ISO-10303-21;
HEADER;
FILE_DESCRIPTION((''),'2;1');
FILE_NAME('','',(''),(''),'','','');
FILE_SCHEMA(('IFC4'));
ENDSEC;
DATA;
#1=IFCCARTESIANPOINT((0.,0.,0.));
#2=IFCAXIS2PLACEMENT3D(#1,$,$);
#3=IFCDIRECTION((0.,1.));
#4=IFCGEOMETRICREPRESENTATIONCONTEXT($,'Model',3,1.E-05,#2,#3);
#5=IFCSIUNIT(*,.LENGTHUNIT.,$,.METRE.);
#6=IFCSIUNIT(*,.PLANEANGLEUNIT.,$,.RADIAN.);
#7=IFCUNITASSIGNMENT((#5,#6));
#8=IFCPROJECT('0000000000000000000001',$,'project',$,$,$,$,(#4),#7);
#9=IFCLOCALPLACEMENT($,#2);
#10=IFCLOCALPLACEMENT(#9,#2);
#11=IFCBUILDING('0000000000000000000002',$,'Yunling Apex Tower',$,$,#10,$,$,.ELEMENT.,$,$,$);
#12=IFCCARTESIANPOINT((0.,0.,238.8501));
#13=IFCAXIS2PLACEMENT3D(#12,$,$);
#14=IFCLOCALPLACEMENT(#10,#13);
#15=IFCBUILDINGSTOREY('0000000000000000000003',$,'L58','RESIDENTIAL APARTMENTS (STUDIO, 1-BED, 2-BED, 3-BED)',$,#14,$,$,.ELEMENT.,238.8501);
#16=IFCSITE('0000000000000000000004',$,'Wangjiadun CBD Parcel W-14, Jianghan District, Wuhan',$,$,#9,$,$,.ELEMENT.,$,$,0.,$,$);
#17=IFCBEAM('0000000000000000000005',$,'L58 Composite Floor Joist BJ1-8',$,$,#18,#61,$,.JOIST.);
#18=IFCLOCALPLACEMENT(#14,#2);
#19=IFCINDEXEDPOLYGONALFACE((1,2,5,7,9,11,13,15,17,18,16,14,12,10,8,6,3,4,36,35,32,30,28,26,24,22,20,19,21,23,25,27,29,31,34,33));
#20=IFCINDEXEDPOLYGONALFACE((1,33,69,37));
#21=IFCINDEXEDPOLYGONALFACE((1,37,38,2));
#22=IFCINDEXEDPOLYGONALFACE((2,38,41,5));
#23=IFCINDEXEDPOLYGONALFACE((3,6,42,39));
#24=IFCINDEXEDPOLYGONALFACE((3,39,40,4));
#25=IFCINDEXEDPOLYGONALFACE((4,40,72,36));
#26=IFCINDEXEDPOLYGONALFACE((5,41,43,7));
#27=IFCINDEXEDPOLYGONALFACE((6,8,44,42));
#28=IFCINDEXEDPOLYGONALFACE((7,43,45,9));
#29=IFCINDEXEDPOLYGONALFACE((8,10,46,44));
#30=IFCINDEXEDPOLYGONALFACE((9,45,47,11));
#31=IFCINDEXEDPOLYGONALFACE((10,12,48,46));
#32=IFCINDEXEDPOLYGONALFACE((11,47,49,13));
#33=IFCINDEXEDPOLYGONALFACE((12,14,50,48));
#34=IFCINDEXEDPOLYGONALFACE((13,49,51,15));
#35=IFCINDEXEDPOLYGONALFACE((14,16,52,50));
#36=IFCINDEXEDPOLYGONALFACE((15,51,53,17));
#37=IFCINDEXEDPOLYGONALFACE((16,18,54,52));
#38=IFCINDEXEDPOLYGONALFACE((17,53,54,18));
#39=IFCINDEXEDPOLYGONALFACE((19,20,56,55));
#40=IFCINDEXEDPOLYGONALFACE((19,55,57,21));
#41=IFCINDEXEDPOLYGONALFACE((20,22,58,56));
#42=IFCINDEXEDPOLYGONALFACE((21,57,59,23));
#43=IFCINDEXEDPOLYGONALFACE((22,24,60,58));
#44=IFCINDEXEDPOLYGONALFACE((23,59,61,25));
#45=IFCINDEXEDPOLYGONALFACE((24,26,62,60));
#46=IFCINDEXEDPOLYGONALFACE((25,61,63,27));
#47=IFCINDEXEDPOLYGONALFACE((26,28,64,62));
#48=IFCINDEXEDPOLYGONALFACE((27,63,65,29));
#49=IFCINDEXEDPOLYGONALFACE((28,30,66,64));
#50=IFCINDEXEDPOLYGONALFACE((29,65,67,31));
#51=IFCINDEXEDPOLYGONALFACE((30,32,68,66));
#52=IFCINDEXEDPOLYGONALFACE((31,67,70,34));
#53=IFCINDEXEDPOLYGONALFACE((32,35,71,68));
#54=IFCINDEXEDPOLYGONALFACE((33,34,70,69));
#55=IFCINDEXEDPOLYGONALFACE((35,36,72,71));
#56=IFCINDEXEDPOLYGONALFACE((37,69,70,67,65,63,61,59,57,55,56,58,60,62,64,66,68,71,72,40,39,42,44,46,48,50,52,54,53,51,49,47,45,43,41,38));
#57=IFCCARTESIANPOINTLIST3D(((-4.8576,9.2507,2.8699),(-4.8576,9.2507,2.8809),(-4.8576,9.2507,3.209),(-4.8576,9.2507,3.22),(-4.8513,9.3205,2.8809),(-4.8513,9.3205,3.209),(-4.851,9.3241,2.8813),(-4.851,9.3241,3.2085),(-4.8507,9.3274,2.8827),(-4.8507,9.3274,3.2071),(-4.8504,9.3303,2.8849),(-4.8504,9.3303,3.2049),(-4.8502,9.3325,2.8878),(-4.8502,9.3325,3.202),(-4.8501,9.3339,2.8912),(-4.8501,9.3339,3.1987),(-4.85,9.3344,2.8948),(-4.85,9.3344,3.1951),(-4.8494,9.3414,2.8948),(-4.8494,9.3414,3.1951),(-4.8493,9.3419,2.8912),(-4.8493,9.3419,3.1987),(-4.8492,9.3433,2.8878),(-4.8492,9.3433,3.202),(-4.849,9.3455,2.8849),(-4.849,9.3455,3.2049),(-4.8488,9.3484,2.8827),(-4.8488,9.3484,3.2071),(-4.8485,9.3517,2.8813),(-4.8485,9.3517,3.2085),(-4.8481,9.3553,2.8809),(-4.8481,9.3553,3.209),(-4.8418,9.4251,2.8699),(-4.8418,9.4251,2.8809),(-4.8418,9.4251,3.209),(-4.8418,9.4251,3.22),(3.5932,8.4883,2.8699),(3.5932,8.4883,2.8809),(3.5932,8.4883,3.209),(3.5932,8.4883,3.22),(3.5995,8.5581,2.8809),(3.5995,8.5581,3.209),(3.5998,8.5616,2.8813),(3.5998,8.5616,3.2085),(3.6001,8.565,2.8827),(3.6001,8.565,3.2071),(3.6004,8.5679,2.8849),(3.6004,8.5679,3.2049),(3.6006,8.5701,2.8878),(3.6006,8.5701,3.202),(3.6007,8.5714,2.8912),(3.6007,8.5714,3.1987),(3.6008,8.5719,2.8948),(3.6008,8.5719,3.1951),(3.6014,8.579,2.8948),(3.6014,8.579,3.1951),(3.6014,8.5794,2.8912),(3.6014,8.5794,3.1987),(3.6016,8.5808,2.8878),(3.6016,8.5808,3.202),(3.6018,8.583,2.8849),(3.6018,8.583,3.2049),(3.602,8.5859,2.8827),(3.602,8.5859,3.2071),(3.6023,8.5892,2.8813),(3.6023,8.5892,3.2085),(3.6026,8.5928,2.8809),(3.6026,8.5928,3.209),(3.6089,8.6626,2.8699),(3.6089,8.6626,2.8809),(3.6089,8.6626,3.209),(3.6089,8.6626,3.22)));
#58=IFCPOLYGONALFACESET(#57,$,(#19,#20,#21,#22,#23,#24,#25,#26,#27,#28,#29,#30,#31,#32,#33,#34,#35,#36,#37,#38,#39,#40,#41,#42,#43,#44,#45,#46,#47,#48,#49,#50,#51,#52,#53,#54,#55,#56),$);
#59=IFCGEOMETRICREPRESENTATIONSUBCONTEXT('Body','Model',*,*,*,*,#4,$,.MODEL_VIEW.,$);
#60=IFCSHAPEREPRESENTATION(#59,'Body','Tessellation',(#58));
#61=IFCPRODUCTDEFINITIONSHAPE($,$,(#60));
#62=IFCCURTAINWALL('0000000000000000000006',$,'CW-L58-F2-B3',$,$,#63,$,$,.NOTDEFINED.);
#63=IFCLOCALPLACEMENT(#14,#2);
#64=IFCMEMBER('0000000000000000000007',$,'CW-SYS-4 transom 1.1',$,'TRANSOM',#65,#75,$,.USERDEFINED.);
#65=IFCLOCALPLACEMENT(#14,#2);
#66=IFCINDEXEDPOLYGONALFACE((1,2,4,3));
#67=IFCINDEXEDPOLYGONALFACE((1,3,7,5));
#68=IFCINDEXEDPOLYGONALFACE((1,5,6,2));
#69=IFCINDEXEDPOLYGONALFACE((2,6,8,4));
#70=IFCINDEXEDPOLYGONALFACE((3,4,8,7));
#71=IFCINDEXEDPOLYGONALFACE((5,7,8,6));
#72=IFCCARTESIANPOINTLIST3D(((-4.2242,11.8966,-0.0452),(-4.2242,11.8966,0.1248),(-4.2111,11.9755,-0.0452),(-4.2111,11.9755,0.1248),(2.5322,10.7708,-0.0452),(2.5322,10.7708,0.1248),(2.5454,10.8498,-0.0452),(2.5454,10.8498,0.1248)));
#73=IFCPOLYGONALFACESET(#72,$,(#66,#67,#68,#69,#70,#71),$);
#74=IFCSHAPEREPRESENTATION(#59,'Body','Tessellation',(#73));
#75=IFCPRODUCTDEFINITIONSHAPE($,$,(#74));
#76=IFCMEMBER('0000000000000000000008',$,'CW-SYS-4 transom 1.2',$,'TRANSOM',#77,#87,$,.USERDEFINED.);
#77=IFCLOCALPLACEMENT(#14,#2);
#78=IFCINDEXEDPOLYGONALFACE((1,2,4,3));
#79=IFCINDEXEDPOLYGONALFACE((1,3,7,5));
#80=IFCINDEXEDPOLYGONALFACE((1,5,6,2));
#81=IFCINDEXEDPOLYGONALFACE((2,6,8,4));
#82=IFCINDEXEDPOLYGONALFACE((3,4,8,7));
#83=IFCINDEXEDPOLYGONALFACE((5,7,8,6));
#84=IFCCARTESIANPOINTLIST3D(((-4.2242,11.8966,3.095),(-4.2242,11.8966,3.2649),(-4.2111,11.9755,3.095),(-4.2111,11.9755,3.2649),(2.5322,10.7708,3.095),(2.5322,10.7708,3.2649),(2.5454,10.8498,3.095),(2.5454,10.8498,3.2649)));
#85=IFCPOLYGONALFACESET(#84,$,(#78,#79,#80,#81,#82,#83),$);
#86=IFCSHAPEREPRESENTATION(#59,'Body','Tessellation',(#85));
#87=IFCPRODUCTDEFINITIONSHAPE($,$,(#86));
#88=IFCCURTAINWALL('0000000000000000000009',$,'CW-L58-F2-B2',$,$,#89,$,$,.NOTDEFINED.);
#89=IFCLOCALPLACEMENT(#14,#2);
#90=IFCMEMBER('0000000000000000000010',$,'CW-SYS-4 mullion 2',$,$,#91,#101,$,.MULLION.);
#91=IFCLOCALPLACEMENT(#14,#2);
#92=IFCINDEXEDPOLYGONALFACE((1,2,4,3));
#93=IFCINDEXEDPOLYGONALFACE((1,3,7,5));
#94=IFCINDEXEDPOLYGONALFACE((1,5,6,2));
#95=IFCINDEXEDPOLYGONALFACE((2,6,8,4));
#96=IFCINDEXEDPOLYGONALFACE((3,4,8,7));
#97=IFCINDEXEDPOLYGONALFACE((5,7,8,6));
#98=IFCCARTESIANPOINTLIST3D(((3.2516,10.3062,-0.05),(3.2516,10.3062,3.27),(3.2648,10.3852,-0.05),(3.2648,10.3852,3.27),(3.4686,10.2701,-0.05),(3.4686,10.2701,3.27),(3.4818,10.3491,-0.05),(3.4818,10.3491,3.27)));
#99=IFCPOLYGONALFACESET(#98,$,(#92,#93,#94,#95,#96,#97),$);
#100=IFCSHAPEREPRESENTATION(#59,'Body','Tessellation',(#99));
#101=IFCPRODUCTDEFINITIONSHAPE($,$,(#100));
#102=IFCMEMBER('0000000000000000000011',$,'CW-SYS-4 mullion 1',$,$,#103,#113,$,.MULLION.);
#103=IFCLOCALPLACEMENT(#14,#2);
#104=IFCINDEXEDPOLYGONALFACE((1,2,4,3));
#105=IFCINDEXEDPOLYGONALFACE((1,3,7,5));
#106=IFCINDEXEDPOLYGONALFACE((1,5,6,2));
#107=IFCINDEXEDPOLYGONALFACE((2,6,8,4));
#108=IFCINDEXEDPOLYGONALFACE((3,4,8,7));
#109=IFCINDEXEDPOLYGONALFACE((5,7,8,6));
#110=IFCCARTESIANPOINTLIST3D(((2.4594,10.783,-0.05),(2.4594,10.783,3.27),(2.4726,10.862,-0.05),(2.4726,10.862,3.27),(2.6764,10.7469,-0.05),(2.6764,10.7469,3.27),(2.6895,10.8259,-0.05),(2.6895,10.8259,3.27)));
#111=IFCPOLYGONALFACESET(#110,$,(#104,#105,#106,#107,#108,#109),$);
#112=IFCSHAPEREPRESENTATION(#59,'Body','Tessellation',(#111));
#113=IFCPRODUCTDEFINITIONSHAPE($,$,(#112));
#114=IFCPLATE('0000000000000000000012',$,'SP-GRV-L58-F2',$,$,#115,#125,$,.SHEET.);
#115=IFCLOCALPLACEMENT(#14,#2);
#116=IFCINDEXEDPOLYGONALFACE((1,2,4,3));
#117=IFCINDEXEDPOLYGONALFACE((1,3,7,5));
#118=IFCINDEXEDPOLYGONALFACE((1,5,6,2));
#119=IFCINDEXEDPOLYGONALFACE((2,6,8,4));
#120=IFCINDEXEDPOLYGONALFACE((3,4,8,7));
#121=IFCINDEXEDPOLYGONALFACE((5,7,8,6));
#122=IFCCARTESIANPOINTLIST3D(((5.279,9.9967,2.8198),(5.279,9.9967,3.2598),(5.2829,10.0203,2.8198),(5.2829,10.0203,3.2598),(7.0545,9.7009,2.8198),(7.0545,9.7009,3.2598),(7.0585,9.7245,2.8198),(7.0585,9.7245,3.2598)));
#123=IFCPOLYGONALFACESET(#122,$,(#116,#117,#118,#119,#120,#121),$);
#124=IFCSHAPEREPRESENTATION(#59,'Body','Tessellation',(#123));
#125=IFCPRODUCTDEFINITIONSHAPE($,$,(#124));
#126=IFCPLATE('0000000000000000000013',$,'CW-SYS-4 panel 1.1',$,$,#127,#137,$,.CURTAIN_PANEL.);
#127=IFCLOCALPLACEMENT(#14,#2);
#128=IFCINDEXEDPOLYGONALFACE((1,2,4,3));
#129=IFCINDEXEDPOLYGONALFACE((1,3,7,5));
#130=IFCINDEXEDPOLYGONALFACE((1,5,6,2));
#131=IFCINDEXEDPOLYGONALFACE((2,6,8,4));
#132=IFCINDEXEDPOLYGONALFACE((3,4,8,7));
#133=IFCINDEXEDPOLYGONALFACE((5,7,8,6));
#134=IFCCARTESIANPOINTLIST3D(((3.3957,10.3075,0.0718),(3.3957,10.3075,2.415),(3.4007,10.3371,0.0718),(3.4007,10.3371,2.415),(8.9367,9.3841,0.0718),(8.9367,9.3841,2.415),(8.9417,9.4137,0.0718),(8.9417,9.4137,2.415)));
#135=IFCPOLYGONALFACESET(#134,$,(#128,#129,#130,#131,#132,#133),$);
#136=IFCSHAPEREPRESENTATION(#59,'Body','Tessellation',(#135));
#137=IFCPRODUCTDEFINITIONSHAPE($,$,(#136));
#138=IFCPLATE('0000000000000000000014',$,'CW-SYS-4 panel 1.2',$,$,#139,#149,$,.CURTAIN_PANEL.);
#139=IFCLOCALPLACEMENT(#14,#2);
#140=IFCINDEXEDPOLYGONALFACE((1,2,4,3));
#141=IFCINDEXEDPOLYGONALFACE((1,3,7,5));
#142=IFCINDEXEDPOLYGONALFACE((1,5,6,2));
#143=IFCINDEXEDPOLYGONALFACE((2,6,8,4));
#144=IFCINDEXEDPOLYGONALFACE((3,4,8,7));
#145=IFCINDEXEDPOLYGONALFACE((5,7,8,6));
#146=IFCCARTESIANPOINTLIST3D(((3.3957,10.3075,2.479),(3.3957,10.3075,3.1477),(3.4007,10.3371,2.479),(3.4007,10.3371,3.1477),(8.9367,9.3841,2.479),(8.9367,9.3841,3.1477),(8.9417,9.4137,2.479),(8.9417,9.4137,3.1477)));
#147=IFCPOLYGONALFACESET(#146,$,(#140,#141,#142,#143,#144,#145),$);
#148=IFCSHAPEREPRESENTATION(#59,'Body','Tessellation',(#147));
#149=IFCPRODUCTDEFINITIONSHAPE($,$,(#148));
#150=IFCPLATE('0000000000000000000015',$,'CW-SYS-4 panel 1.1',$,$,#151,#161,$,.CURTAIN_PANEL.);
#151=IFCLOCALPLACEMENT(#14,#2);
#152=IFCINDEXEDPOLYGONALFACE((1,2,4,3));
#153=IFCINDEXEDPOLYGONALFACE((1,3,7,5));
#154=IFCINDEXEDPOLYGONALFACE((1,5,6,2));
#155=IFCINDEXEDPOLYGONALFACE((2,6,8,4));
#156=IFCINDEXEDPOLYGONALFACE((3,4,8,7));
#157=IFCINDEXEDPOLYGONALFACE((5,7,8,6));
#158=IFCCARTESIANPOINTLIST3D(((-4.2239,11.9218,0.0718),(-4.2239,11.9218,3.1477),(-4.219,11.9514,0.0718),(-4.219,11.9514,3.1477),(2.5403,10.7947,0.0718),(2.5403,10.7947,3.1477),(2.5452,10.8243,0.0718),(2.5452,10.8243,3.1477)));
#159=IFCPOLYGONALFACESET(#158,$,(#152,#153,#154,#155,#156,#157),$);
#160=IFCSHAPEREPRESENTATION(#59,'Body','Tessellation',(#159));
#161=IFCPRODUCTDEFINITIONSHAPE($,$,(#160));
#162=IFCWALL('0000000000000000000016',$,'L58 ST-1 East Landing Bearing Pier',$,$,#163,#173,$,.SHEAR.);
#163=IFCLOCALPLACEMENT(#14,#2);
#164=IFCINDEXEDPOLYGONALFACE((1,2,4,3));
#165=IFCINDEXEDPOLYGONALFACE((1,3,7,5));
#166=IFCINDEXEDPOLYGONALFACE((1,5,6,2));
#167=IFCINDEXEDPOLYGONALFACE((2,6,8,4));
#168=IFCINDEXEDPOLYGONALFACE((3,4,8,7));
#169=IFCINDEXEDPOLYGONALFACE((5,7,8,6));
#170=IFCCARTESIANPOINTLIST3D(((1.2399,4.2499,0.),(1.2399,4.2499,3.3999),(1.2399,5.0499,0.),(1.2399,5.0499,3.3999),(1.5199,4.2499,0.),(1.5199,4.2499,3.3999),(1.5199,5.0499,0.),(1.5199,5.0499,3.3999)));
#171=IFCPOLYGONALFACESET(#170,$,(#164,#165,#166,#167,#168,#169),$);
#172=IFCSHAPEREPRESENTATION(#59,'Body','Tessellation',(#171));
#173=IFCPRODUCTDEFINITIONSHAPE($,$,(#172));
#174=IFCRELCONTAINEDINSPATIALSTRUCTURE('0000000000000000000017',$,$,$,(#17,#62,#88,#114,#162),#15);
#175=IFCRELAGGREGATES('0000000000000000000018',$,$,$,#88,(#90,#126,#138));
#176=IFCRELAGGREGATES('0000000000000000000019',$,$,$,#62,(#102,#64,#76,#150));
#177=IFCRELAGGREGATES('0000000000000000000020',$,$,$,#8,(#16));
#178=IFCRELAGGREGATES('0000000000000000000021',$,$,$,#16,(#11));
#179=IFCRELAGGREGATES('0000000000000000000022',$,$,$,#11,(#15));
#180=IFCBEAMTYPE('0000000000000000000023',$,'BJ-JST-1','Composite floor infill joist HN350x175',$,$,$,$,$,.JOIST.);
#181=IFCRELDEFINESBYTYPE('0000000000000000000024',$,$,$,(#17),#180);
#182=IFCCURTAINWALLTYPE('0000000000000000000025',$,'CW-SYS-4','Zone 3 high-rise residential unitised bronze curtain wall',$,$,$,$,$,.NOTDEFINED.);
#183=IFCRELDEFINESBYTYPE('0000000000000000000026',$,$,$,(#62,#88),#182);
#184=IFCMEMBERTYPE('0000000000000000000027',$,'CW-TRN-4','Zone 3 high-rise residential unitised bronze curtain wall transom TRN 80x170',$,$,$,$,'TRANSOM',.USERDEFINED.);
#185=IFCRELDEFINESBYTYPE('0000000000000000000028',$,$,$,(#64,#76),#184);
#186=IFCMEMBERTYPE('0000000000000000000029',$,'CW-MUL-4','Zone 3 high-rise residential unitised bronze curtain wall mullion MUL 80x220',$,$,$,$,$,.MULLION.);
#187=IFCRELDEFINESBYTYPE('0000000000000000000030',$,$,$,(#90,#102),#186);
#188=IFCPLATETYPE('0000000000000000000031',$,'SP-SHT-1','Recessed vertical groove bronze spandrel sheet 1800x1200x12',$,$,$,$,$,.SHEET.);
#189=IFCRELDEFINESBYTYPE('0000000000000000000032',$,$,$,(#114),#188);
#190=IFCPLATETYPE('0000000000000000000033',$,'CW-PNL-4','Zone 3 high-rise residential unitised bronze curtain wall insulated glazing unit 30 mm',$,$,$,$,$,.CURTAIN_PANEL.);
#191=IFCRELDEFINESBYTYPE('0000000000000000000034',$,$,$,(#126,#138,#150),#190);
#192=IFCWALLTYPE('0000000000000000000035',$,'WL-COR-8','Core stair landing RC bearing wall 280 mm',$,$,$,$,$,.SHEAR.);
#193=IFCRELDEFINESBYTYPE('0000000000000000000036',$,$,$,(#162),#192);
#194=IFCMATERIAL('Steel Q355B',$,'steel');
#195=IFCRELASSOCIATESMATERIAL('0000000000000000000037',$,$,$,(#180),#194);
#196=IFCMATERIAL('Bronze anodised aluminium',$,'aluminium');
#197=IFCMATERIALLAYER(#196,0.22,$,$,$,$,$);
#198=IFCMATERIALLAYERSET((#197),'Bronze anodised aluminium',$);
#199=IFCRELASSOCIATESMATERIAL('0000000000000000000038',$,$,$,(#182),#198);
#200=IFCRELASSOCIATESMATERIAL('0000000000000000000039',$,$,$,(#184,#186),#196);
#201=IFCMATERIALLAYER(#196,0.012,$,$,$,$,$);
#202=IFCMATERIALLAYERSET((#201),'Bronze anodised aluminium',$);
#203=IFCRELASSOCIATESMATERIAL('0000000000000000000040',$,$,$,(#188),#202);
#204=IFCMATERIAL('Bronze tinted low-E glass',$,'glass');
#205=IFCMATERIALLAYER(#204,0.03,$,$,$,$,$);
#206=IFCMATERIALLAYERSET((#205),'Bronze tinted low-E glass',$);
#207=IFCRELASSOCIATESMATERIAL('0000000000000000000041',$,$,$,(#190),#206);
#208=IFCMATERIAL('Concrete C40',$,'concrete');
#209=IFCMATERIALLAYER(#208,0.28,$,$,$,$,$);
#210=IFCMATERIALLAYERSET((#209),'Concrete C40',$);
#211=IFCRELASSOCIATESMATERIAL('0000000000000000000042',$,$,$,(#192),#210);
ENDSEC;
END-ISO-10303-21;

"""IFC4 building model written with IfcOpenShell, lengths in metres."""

from ifc_helpers import new_model, si_unit, direction, frame, frame_2d, origin, origin_2d, place, context, subcontext, project, spatial, rectangle, i_section, extrude, source, transform, mapped, material, layer, layer_set, material_profile, profile_set, type_object, element, aggregate, save


model = new_model("IFC4")

# Units and contexts
model_context = context("Model", 3, precision=1e-05, world=origin(), true_north=direction((0.0, 1.0)))
body_context = subcontext(model_context, "Body", "Model", "MODEL_VIEW")
ifc_project = project(units=[si_unit("LENGTHUNIT", "METRE"), si_unit("PLANEANGLEUNIT", "RADIAN")], contexts=[model_context])

# Site, building, storey
site_placement = place(None, origin())
site = spatial("IfcSite", under=ifc_project, at=site_placement, Name="Wangjiadun CBD Parcel W-14, Jianghan District, Wuhan", CompositionType="ELEMENT", RefElevation=0.0)
building_placement = place(site_placement, origin())
building = spatial("IfcBuilding", under=site, at=building_placement, Name="Yunling Apex Tower", CompositionType="ELEMENT")
storey_placement = place(building_placement, frame((0.0, 0.0, 238.8501)))
storey = spatial("IfcBuildingStorey", under=building, at=storey_placement, Name="L58", Description="RESIDENTIAL APARTMENTS (STUDIO, 1-BED, 2-BED, 3-BED)", CompositionType="ELEMENT", Elevation=238.8501)

# Beam
ifc_material_1 = material(Name="Steel Q355B", Category="steel")
ifc_material_profile_1 = material_profile(ifc_material_1, i_section(OverallWidth=0.175, OverallDepth=0.3501, WebThickness=0.0071, FlangeThickness=0.011, FilletRadius=0.0139, at=origin_2d()))
ifc_profile_set_1 = profile_set([ifc_material_profile_1], Name="Steel Q355B")
beam_type_1 = type_object("IfcBeamType", Name="BJ-JST-1", Description="Composite floor infill joist HN350x175", PredefinedType="JOIST", material=ifc_profile_set_1)
shared_shape_1 = source(origin(), body_context, "Body", "SweptSolid", [
    extrude(i_section(OverallWidth=0.175, OverallDepth=0.3501, WebThickness=0.0071, FlangeThickness=0.011, FilletRadius=0.0139, at=origin_2d()), origin(), (0.0, 0.0, 1.0), 8.4851),
])
beam_1_placement = place(storey_placement, frame((3.6011, 8.5754, 3.0449), z_axis=(-0.995955, 0.089859, 0.0), x_axis=(-0.089859, -0.995955, 0.0)))
element("IfcBeam", 1, at=beam_1_placement, inside=storey, type_object=beam_type_1, Name="L58 Composite Floor Joist BJ1-8", PredefinedType="JOIST", context=body_context, shape_type="MappedRepresentation", body=[
    mapped(shared_shape_1, transform((0.0, 0.0, 0.0), scale=1.0)),
])

# Curtain wall, members
ifc_material_2 = material(Name="Bronze anodised aluminium", Category="aluminium")
ifc_layer_1 = layer(ifc_material_2, 0.22)
ifc_layer_set_1 = layer_set([ifc_layer_1], Name="Bronze anodised aluminium")
curtain_wall_type = type_object("IfcCurtainWallType", Name="CW-SYS-4", Description="Zone 3 high-rise residential unitised bronze curtain wall", PredefinedType="NOTDEFINED", material=ifc_layer_set_1)
curtain_wall_1_placement = place(storey_placement, origin())
curtain_wall_1 = element("IfcCurtainWall", 2, at=curtain_wall_1_placement, inside=storey, type_object=curtain_wall_type, Name="CW-L58-F2-B3", PredefinedType="NOTDEFINED")
ifc_material_profile_2 = material_profile(ifc_material_2, rectangle(XDim=0.0801, YDim=0.1699, at=origin_2d()))
ifc_profile_set_2 = profile_set([ifc_material_profile_2], Name="Bronze anodised aluminium")
member_type_1 = type_object("IfcMemberType", Name="CW-TRN-4", Description="Zone 3 high-rise residential unitised bronze curtain wall transom TRN 80x170", ElementType="TRANSOM", PredefinedType="USERDEFINED", material=ifc_profile_set_2)
shared_shape_2 = source(origin(), body_context, "Body", "SweptSolid", [
    extrude(rectangle(XDim=0.0801, YDim=0.1699, at=origin_2d()), origin(), (0.0, 0.0, 1.0), 6.8496),
])
member_1_placement = place(storey_placement, frame((2.5388, 10.8103, 0.0398), z_axis=(-0.986402, 0.164353, 0.0), x_axis=(-0.164353, -0.986402, 0.0)))
member_1 = element("IfcMember", 3, at=member_1_placement, type_object=member_type_1, Name="CW-SYS-4 transom 1.1", ObjectType="TRANSOM", PredefinedType="USERDEFINED", context=body_context, shape_type="MappedRepresentation", body=[
    mapped(shared_shape_2, transform((0.0, 0.0, 0.0), scale=1.0)),
])
member_2_placement = place(storey_placement, frame((2.5388, 10.8103, 3.1799), z_axis=(-0.986402, 0.164353, 0.0), x_axis=(-0.164353, -0.986402, 0.0)))
member_2 = element("IfcMember", 4, at=member_2_placement, type_object=member_type_1, Name="CW-SYS-4 transom 1.2", ObjectType="TRANSOM", PredefinedType="USERDEFINED", context=body_context, shape_type="MappedRepresentation", body=[
    mapped(shared_shape_2, transform((0.0, 0.0, 0.0), scale=1.0)),
])

# Curtain wall, member
curtain_wall_2_placement = place(storey_placement, origin())
curtain_wall_2 = element("IfcCurtainWall", 5, at=curtain_wall_2_placement, inside=storey, type_object=curtain_wall_type, Name="CW-L58-F2-B2", PredefinedType="NOTDEFINED")
ifc_material_profile_3 = material_profile(ifc_material_2, rectangle(XDim=0.0801, YDim=0.22, at=origin_2d()))
ifc_profile_set_3 = profile_set([ifc_material_profile_3], Name="Bronze anodised aluminium")
member_type_2 = type_object("IfcMemberType", Name="CW-MUL-4", Description="Zone 3 high-rise residential unitised bronze curtain wall mullion MUL 80x220", PredefinedType="MULLION", material=ifc_profile_set_3)
shared_shape_3 = source(origin(), body_context, "Body", "SweptSolid", [
    extrude(rectangle(XDim=0.0801, YDim=0.22, at=origin_2d()), origin(), (0.0, 0.0, 1.0), 3.3201),
])
member_3_placement = place(storey_placement, frame((3.3667, 10.3276, -0.05), z_axis=(0.0, 0.0, 1.0), x_axis=(-0.164371, -0.986399, 0.0)))
member_3 = element("IfcMember", 6, at=member_3_placement, type_object=member_type_2, Name="CW-SYS-4 mullion 2", PredefinedType="MULLION", context=body_context, shape_type="MappedRepresentation", body=[
    mapped(shared_shape_3, transform((0.0, 0.0, 0.0), scale=1.0)),
])

# Member
member_4_placement = place(storey_placement, frame((2.5745, 10.8044, -0.05), z_axis=(0.0, 0.0, 1.0), x_axis=(-0.164353, -0.986402, 0.0)))
member_4 = element("IfcMember", 7, at=member_4_placement, type_object=member_type_2, Name="CW-SYS-4 mullion 1", PredefinedType="MULLION", context=body_context, shape_type="MappedRepresentation", body=[
    mapped(shared_shape_3, transform((0.0, 0.0, 0.0), scale=1.0)),
])

# Plates
ifc_layer_2 = layer(ifc_material_2, 0.012)
ifc_layer_set_2 = layer_set([ifc_layer_2], Name="Bronze anodised aluminium")
plate_type_1 = type_object("IfcPlateType", Name="SP-SHT-1", Description="Recessed vertical groove bronze spandrel sheet 1800x1200x12", PredefinedType="SHEET", material=ifc_layer_set_2)
shared_shape_4 = source(origin(), body_context, "Body", "SweptSolid", [
    extrude(rectangle(XDim=1.8, YDim=0.0239, at=origin_2d()), origin(), (0.0, 0.0, 1.0), 0.4399),
])
plate_1_placement = place(storey_placement, frame((6.1687, 9.8606, 2.8198), z_axis=(0.0, 0.0, 1.0), x_axis=(-0.986401, 0.164359, 0.0)))
element("IfcPlate", 8, at=plate_1_placement, inside=storey, type_object=plate_type_1, Name="SP-GRV-L58-F2", PredefinedType="SHEET", context=body_context, shape_type="MappedRepresentation", body=[
    mapped(shared_shape_4, transform((0.0, 0.0, 0.0), scale=1.0)),
])
ifc_material_3 = material(Name="Bronze tinted low-E glass", Category="glass")
ifc_layer_3 = layer(ifc_material_3, 0.03)
ifc_layer_set_3 = layer_set([ifc_layer_3], Name="Bronze tinted low-E glass")
plate_type_2 = type_object("IfcPlateType", Name="CW-PNL-4", Description="Zone 3 high-rise residential unitised bronze curtain wall insulated glazing unit 30 mm", PredefinedType="CURTAIN_PANEL", material=ifc_layer_set_3)
shared_shape_5 = source(origin(), body_context, "Body", "SweptSolid", [
    extrude(rectangle(XDim=5.6174, YDim=0.03, at=origin_2d()), origin(), (0.0, 0.0, 1.0), 2.3433),
])
plate_2_placement = place(storey_placement, frame((6.1687, 9.8606, 0.0718), z_axis=(0.0, 0.0, 1.0), x_axis=(-0.986399, 0.164371, 0.0)))
plate_2 = element("IfcPlate", 9, at=plate_2_placement, type_object=plate_type_2, Name="CW-SYS-4 panel 1.1", PredefinedType="CURTAIN_PANEL", context=body_context, shape_type="MappedRepresentation", body=[
    mapped(shared_shape_5, transform((0.0, 0.0, 0.0), scale=1.0)),
])
shared_shape_6 = source(origin(), body_context, "Body", "SweptSolid", [
    extrude(rectangle(XDim=5.6174, YDim=0.03, at=origin_2d()), origin(), (0.0, 0.0, 1.0), 0.6687),
])
plate_3_placement = place(storey_placement, frame((6.1687, 9.8606, 2.479), z_axis=(0.0, 0.0, 1.0), x_axis=(-0.986399, 0.164371, 0.0)))
plate_3 = element("IfcPlate", 10, at=plate_3_placement, type_object=plate_type_2, Name="CW-SYS-4 panel 1.2", PredefinedType="CURTAIN_PANEL", context=body_context, shape_type="MappedRepresentation", body=[
    mapped(shared_shape_6, transform((0.0, 0.0, 0.0), scale=1.0)),
])
aggregate(curtain_wall_2, [member_3, plate_2, plate_3])
shared_shape_7 = source(origin(), body_context, "Body", "SweptSolid", [
    extrude(rectangle(XDim=6.8574, YDim=0.03, at=origin_2d()), origin(), (0.0, 0.0, 1.0), 3.0759),
])
plate_4_placement = place(storey_placement, frame((-0.8394, 11.373, 0.0718), z_axis=(0.0, 0.0, 1.0), x_axis=(-0.986402, 0.164353, 0.0)))
plate_4 = element("IfcPlate", 11, at=plate_4_placement, type_object=plate_type_2, Name="CW-SYS-4 panel 1.1", PredefinedType="CURTAIN_PANEL", context=body_context, shape_type="MappedRepresentation", body=[
    mapped(shared_shape_7, transform((0.0, 0.0, 0.0), scale=1.0)),
])
aggregate(curtain_wall_1, [member_4, member_1, member_2, plate_4])

# Wall
ifc_material_4 = material(Name="Concrete C40", Category="concrete")
ifc_layer_4 = layer(ifc_material_4, 0.28)
ifc_layer_set_4 = layer_set([ifc_layer_4], Name="Concrete C40")
wall_type_1 = type_object("IfcWallType", Name="WL-COR-8", Description="Core stair landing RC bearing wall 280 mm", PredefinedType="SHEAR", material=ifc_layer_set_4)
wall_1_placement = place(storey_placement, frame((1.3799, 4.25, 0.0), z_axis=(0.0, 0.0, 1.0), x_axis=(0.0, 1.0, 0.0)))
element("IfcWall", 12, at=wall_1_placement, inside=storey, type_object=wall_type_1, Name="L58 ST-1 East Landing Bearing Pier", PredefinedType="SHEAR", context=body_context, shape_type="SweptSolid", body=[
    extrude(rectangle(XDim=0.8, YDim=0.28, at=frame_2d((0.3999, 0.0))), origin(), (0.0, 0.0, 1.0), 3.3999),
])

save(model, "model.ifc")
